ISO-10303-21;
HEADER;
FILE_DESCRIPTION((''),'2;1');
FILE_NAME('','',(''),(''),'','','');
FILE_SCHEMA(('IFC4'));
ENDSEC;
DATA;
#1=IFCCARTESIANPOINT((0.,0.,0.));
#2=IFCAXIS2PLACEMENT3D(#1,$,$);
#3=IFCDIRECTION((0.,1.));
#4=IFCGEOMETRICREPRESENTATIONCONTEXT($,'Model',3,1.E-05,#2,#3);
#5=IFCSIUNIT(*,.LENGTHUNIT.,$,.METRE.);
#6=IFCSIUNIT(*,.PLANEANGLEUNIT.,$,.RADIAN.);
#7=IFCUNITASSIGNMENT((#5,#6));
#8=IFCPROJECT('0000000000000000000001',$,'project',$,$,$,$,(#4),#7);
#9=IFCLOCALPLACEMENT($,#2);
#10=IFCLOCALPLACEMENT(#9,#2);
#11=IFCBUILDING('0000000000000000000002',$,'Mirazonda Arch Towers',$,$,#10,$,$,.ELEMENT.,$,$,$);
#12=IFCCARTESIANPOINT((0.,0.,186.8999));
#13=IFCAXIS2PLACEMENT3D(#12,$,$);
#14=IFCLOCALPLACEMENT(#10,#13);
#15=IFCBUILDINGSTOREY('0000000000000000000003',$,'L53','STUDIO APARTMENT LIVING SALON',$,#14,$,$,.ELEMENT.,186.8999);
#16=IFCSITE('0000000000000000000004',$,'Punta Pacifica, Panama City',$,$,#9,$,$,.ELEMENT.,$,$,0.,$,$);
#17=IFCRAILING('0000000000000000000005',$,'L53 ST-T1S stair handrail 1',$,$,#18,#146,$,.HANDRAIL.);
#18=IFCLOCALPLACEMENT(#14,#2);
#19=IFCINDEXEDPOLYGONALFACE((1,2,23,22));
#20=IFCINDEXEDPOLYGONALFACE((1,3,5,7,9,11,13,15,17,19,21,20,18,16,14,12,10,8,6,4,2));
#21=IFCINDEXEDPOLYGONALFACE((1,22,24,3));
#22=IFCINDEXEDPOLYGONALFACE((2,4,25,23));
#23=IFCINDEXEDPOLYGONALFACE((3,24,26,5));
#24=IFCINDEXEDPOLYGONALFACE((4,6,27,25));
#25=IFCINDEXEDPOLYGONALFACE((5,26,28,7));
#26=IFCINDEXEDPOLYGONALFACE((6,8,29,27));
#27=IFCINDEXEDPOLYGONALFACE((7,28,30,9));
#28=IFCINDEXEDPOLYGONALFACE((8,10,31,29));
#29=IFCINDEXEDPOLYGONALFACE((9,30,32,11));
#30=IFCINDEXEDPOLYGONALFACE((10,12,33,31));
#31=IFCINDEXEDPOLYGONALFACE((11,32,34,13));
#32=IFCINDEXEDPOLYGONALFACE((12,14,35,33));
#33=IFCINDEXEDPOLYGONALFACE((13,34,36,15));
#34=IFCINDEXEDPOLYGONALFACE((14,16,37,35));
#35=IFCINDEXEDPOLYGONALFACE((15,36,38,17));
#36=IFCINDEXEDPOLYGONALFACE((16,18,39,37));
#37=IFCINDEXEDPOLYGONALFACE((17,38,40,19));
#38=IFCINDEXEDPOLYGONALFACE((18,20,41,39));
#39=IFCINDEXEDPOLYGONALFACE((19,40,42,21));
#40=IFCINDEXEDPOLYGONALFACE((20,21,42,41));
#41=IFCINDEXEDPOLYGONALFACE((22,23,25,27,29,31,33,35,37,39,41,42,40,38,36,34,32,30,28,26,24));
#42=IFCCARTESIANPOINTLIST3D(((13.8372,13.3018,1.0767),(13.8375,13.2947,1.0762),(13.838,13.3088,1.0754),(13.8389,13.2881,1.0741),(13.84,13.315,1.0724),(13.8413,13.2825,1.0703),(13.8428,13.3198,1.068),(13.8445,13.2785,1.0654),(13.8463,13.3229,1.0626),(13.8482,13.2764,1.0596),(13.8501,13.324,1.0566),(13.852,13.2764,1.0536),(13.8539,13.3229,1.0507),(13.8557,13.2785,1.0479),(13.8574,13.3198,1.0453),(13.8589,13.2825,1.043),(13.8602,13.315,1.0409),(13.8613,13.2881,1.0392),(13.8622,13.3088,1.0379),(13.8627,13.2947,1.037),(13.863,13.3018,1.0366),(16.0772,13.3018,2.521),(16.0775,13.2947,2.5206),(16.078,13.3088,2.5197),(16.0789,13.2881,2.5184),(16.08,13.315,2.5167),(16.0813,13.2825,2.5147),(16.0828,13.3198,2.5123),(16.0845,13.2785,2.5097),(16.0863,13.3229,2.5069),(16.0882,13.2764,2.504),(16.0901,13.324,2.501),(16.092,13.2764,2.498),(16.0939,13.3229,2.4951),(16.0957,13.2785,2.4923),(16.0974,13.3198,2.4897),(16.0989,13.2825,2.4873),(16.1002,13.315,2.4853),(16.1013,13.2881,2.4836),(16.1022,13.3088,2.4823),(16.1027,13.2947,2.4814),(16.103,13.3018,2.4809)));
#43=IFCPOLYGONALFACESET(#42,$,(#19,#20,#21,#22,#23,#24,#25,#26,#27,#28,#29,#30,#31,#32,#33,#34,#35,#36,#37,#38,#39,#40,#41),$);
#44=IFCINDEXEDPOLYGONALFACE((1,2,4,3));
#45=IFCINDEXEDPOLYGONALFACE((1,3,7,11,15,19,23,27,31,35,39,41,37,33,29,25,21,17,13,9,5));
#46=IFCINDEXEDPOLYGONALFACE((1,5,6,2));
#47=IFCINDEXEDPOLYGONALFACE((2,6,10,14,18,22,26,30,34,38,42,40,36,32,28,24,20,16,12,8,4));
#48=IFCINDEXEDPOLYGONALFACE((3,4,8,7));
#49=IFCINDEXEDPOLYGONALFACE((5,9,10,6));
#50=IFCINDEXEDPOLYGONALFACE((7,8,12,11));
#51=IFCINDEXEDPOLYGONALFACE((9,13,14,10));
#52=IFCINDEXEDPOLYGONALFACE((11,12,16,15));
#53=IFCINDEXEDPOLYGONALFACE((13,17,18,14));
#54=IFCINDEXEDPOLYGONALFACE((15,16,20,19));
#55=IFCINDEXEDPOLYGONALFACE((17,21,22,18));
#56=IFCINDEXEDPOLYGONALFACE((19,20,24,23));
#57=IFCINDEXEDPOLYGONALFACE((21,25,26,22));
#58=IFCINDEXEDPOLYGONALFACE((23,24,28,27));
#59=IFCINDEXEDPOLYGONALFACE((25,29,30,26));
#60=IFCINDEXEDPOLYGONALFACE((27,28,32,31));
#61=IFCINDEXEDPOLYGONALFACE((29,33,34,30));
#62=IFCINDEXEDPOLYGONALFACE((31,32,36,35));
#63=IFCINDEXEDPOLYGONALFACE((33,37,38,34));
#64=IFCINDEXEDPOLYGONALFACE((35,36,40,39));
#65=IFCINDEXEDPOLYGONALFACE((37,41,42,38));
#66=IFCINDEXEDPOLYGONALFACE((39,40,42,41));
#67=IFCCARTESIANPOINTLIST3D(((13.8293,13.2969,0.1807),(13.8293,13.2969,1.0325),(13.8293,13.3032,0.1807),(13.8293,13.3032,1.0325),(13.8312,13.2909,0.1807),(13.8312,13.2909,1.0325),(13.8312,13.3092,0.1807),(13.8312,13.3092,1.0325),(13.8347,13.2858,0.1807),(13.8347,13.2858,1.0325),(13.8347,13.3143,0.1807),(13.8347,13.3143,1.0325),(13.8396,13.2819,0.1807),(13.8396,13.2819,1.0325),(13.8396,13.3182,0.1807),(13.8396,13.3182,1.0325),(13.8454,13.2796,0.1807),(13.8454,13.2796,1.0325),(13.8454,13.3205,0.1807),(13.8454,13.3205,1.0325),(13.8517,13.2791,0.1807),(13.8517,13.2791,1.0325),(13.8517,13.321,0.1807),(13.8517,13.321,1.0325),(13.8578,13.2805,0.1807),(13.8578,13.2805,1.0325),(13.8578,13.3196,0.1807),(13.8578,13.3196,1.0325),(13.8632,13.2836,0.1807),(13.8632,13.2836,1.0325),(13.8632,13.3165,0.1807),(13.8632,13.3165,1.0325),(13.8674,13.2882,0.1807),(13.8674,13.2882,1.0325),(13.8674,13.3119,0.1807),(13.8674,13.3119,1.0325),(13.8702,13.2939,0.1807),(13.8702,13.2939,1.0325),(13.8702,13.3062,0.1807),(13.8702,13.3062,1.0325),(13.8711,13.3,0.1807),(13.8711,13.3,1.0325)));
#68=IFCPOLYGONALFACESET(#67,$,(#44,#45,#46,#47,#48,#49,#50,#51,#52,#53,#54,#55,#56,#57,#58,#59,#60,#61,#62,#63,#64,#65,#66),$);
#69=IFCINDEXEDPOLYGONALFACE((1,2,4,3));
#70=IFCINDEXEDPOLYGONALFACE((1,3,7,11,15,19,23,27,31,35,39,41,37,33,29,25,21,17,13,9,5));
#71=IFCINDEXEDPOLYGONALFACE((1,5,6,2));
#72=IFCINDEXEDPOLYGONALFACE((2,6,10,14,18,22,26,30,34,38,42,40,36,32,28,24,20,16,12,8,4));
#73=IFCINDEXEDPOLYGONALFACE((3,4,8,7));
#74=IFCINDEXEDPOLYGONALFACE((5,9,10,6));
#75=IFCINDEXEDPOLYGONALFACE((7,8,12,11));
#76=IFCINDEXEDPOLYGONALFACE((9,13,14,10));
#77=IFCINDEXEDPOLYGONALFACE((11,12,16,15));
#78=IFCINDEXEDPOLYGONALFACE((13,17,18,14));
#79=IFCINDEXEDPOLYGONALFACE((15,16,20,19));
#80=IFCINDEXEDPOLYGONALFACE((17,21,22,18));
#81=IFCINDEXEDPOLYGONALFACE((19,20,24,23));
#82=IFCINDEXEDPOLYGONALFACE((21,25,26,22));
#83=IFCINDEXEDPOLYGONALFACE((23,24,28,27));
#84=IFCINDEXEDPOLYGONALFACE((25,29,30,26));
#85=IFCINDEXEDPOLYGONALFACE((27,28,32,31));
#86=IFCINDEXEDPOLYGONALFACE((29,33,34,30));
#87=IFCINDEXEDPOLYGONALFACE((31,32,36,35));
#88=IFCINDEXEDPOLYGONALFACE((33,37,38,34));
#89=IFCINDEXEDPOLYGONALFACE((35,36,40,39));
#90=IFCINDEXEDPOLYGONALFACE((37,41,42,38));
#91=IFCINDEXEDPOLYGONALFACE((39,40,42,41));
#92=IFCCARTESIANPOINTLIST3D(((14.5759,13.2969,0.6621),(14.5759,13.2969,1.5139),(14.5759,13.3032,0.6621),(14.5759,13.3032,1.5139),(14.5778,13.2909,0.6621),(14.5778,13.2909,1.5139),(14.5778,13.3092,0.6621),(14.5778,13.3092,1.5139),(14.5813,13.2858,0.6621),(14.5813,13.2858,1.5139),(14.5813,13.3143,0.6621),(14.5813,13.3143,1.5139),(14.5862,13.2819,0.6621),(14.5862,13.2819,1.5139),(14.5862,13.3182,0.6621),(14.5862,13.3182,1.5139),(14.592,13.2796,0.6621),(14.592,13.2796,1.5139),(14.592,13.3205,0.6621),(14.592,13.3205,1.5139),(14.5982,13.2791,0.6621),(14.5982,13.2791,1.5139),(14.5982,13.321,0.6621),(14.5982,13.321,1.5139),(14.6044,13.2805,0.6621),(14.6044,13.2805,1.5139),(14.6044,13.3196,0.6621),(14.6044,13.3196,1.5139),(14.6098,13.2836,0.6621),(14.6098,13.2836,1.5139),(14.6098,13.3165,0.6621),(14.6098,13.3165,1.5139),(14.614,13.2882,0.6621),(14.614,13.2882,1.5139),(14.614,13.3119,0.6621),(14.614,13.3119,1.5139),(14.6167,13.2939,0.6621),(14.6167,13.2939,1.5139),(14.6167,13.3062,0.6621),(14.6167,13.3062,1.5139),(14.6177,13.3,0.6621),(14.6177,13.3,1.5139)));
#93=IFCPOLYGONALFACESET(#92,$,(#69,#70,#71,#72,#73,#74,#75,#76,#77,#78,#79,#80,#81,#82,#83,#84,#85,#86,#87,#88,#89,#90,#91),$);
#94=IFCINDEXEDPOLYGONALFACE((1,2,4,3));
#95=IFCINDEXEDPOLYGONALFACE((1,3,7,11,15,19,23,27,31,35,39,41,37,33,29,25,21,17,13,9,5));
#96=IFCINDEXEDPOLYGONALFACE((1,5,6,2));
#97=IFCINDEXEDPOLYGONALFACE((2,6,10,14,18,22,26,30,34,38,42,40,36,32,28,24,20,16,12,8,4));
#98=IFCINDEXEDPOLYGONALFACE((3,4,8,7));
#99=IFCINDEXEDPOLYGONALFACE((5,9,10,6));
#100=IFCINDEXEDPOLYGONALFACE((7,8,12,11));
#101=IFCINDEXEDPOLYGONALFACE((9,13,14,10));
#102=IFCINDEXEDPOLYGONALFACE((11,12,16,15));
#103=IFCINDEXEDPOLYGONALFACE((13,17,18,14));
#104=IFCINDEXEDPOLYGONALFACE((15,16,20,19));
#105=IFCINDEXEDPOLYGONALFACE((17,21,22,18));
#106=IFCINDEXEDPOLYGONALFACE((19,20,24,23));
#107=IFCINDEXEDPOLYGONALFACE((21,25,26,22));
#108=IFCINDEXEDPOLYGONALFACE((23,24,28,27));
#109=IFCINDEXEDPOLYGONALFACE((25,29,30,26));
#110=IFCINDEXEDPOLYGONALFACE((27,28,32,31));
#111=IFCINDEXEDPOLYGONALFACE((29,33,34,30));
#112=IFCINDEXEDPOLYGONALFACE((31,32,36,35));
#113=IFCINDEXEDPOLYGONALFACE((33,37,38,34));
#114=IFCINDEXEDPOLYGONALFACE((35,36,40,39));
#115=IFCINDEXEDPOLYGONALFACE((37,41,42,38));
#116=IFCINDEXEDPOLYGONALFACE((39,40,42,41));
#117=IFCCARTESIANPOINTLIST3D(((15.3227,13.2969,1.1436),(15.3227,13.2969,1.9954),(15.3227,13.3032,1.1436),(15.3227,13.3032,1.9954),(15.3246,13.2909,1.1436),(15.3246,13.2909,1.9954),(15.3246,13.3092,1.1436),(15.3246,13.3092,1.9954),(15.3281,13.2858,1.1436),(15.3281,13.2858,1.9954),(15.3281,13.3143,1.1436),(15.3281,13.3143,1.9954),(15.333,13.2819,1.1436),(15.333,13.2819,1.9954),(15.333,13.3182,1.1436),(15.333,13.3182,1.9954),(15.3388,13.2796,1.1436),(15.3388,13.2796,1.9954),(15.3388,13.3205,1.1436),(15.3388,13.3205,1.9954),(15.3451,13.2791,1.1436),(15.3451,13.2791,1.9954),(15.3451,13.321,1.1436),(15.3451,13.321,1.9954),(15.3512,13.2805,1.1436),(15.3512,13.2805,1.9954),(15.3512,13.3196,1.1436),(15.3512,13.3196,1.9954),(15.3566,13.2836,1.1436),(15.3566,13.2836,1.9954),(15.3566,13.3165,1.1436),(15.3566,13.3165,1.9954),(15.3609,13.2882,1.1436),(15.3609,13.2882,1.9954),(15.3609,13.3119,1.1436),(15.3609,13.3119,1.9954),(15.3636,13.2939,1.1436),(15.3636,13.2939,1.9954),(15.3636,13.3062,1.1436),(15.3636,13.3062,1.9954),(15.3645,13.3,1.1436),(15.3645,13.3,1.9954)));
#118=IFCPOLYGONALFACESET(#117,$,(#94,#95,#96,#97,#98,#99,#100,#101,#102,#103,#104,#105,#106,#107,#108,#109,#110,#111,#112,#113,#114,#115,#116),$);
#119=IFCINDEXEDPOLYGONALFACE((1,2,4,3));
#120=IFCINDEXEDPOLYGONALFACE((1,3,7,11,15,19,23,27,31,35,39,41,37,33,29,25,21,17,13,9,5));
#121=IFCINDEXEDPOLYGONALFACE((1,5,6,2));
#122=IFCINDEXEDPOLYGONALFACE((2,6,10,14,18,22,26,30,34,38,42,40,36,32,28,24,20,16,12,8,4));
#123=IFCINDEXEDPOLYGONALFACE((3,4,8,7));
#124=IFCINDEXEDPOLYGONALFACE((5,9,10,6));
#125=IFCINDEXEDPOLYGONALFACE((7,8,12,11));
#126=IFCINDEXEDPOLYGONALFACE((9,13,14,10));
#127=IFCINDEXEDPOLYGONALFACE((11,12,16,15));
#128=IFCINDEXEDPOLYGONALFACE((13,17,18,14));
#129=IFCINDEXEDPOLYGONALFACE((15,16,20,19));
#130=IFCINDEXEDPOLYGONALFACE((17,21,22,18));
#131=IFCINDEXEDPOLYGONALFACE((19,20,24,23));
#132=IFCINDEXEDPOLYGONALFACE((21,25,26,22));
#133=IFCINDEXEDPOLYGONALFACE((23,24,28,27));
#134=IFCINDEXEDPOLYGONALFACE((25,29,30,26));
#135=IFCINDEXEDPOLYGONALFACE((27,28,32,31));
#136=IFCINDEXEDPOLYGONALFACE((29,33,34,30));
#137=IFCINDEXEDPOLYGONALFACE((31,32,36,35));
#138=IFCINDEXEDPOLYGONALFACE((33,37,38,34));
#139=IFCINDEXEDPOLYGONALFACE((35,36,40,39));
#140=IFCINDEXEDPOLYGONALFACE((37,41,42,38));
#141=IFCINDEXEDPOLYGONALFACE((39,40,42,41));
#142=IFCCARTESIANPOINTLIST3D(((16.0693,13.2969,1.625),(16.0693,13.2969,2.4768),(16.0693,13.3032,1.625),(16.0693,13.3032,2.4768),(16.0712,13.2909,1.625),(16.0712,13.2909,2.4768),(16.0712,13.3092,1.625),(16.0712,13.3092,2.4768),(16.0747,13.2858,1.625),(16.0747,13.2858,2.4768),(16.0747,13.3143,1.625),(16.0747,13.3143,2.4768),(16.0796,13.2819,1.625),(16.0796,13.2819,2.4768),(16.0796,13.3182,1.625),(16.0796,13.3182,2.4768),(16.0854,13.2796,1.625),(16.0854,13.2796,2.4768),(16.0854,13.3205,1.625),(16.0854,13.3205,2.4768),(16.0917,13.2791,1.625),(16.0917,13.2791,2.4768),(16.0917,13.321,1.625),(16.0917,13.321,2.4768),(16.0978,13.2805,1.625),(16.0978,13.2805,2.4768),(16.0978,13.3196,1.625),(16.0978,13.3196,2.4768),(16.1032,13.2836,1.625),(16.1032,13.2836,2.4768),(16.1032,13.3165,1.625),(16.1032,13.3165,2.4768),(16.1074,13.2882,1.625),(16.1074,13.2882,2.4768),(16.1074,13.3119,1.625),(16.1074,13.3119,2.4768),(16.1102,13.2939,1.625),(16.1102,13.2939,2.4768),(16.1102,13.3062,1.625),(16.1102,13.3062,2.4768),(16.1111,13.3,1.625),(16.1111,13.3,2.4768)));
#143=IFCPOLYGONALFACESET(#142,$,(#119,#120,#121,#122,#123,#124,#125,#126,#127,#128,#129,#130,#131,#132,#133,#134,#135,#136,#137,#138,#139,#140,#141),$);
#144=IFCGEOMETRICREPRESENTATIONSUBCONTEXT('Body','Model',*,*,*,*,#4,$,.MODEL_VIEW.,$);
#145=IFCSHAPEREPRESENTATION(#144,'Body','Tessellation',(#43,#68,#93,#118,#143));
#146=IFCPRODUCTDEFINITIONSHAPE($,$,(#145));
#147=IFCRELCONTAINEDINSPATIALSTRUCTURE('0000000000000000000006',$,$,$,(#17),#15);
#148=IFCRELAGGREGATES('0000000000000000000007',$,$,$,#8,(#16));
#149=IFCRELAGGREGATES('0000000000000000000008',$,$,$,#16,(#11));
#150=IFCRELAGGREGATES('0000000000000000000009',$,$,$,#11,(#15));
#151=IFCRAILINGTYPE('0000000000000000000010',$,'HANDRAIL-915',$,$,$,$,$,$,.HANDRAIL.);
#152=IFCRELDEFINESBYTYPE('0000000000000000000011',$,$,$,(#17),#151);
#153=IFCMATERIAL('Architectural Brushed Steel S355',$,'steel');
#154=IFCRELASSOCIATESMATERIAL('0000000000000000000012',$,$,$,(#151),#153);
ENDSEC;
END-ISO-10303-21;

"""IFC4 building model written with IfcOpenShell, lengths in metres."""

from ifc_helpers import new_model, si_unit, direction, frame, origin, origin_2d, place, context, subcontext, project, spatial, circle, extrude, material, type_object, element, save


model = new_model("IFC4")

# Units and contexts
model_context = context("Model", 3, precision=1e-05, world=origin(), true_north=direction((0.0, 1.0)))
body_context = subcontext(model_context, "Body", "Model", "MODEL_VIEW")
ifc_project = project(units=[si_unit("LENGTHUNIT", "METRE"), si_unit("PLANEANGLEUNIT", "RADIAN")], contexts=[model_context])

# Site, building, storey
site_placement = place(None, origin())
site = spatial("IfcSite", under=ifc_project, at=site_placement, Name="Punta Pacifica, Panama City", CompositionType="ELEMENT", RefElevation=0.0)
building_placement = place(site_placement, origin())
building = spatial("IfcBuilding", under=site, at=building_placement, Name="Mirazonda Arch Towers", CompositionType="ELEMENT")
storey_placement = place(building_placement, frame((0.0, 0.0, 186.8999)))
storey = spatial("IfcBuildingStorey", under=building, at=storey_placement, Name="L53", Description="STUDIO APARTMENT LIVING SALON", CompositionType="ELEMENT", Elevation=186.8999)

# Shared definitions
ifc_material_1 = material(Name="Architectural Brushed Steel S355", Category="steel")

# Railing
railing_type_1 = type_object("IfcRailingType", Name="HANDRAIL-915", PredefinedType="HANDRAIL", material=ifc_material_1)
railing_1_placement = place(storey_placement, frame((13.8501, 13.3, 0.1807)))
element("IfcRailing", 1, at=railing_1_placement, inside=storey, type_object=railing_type_1, Name="L53 ST-T1S stair handrail 1", PredefinedType="HANDRAIL", context=body_context, shape_type="SweptSolid", body=[
    extrude(circle(Radius=0.0239, at=origin_2d()), frame((0.0, 0.0, 0.876), z_axis=(0.840437, 0.0, 0.54191), x_axis=(0.0, 1.0, 0.0)), (0.0, 0.0, 1.0), 2.6653),
    extrude(circle(Radius=0.021, at=origin_2d()), origin(), (0.0, 0.0, 1.0), 0.8518),
    extrude(circle(Radius=0.021, at=origin_2d()), frame((0.7466, 0.0, 0.4814)), (0.0, 0.0, 1.0), 0.8518),
    extrude(circle(Radius=0.021, at=origin_2d()), frame((1.4934, 0.0, 0.9629)), (0.0, 0.0, 1.0), 0.8518),
    extrude(circle(Radius=0.021, at=origin_2d()), frame((2.24, 0.0, 1.4443)), (0.0, 0.0, 1.0), 0.8518),
])

save(model, "model.ifc")
